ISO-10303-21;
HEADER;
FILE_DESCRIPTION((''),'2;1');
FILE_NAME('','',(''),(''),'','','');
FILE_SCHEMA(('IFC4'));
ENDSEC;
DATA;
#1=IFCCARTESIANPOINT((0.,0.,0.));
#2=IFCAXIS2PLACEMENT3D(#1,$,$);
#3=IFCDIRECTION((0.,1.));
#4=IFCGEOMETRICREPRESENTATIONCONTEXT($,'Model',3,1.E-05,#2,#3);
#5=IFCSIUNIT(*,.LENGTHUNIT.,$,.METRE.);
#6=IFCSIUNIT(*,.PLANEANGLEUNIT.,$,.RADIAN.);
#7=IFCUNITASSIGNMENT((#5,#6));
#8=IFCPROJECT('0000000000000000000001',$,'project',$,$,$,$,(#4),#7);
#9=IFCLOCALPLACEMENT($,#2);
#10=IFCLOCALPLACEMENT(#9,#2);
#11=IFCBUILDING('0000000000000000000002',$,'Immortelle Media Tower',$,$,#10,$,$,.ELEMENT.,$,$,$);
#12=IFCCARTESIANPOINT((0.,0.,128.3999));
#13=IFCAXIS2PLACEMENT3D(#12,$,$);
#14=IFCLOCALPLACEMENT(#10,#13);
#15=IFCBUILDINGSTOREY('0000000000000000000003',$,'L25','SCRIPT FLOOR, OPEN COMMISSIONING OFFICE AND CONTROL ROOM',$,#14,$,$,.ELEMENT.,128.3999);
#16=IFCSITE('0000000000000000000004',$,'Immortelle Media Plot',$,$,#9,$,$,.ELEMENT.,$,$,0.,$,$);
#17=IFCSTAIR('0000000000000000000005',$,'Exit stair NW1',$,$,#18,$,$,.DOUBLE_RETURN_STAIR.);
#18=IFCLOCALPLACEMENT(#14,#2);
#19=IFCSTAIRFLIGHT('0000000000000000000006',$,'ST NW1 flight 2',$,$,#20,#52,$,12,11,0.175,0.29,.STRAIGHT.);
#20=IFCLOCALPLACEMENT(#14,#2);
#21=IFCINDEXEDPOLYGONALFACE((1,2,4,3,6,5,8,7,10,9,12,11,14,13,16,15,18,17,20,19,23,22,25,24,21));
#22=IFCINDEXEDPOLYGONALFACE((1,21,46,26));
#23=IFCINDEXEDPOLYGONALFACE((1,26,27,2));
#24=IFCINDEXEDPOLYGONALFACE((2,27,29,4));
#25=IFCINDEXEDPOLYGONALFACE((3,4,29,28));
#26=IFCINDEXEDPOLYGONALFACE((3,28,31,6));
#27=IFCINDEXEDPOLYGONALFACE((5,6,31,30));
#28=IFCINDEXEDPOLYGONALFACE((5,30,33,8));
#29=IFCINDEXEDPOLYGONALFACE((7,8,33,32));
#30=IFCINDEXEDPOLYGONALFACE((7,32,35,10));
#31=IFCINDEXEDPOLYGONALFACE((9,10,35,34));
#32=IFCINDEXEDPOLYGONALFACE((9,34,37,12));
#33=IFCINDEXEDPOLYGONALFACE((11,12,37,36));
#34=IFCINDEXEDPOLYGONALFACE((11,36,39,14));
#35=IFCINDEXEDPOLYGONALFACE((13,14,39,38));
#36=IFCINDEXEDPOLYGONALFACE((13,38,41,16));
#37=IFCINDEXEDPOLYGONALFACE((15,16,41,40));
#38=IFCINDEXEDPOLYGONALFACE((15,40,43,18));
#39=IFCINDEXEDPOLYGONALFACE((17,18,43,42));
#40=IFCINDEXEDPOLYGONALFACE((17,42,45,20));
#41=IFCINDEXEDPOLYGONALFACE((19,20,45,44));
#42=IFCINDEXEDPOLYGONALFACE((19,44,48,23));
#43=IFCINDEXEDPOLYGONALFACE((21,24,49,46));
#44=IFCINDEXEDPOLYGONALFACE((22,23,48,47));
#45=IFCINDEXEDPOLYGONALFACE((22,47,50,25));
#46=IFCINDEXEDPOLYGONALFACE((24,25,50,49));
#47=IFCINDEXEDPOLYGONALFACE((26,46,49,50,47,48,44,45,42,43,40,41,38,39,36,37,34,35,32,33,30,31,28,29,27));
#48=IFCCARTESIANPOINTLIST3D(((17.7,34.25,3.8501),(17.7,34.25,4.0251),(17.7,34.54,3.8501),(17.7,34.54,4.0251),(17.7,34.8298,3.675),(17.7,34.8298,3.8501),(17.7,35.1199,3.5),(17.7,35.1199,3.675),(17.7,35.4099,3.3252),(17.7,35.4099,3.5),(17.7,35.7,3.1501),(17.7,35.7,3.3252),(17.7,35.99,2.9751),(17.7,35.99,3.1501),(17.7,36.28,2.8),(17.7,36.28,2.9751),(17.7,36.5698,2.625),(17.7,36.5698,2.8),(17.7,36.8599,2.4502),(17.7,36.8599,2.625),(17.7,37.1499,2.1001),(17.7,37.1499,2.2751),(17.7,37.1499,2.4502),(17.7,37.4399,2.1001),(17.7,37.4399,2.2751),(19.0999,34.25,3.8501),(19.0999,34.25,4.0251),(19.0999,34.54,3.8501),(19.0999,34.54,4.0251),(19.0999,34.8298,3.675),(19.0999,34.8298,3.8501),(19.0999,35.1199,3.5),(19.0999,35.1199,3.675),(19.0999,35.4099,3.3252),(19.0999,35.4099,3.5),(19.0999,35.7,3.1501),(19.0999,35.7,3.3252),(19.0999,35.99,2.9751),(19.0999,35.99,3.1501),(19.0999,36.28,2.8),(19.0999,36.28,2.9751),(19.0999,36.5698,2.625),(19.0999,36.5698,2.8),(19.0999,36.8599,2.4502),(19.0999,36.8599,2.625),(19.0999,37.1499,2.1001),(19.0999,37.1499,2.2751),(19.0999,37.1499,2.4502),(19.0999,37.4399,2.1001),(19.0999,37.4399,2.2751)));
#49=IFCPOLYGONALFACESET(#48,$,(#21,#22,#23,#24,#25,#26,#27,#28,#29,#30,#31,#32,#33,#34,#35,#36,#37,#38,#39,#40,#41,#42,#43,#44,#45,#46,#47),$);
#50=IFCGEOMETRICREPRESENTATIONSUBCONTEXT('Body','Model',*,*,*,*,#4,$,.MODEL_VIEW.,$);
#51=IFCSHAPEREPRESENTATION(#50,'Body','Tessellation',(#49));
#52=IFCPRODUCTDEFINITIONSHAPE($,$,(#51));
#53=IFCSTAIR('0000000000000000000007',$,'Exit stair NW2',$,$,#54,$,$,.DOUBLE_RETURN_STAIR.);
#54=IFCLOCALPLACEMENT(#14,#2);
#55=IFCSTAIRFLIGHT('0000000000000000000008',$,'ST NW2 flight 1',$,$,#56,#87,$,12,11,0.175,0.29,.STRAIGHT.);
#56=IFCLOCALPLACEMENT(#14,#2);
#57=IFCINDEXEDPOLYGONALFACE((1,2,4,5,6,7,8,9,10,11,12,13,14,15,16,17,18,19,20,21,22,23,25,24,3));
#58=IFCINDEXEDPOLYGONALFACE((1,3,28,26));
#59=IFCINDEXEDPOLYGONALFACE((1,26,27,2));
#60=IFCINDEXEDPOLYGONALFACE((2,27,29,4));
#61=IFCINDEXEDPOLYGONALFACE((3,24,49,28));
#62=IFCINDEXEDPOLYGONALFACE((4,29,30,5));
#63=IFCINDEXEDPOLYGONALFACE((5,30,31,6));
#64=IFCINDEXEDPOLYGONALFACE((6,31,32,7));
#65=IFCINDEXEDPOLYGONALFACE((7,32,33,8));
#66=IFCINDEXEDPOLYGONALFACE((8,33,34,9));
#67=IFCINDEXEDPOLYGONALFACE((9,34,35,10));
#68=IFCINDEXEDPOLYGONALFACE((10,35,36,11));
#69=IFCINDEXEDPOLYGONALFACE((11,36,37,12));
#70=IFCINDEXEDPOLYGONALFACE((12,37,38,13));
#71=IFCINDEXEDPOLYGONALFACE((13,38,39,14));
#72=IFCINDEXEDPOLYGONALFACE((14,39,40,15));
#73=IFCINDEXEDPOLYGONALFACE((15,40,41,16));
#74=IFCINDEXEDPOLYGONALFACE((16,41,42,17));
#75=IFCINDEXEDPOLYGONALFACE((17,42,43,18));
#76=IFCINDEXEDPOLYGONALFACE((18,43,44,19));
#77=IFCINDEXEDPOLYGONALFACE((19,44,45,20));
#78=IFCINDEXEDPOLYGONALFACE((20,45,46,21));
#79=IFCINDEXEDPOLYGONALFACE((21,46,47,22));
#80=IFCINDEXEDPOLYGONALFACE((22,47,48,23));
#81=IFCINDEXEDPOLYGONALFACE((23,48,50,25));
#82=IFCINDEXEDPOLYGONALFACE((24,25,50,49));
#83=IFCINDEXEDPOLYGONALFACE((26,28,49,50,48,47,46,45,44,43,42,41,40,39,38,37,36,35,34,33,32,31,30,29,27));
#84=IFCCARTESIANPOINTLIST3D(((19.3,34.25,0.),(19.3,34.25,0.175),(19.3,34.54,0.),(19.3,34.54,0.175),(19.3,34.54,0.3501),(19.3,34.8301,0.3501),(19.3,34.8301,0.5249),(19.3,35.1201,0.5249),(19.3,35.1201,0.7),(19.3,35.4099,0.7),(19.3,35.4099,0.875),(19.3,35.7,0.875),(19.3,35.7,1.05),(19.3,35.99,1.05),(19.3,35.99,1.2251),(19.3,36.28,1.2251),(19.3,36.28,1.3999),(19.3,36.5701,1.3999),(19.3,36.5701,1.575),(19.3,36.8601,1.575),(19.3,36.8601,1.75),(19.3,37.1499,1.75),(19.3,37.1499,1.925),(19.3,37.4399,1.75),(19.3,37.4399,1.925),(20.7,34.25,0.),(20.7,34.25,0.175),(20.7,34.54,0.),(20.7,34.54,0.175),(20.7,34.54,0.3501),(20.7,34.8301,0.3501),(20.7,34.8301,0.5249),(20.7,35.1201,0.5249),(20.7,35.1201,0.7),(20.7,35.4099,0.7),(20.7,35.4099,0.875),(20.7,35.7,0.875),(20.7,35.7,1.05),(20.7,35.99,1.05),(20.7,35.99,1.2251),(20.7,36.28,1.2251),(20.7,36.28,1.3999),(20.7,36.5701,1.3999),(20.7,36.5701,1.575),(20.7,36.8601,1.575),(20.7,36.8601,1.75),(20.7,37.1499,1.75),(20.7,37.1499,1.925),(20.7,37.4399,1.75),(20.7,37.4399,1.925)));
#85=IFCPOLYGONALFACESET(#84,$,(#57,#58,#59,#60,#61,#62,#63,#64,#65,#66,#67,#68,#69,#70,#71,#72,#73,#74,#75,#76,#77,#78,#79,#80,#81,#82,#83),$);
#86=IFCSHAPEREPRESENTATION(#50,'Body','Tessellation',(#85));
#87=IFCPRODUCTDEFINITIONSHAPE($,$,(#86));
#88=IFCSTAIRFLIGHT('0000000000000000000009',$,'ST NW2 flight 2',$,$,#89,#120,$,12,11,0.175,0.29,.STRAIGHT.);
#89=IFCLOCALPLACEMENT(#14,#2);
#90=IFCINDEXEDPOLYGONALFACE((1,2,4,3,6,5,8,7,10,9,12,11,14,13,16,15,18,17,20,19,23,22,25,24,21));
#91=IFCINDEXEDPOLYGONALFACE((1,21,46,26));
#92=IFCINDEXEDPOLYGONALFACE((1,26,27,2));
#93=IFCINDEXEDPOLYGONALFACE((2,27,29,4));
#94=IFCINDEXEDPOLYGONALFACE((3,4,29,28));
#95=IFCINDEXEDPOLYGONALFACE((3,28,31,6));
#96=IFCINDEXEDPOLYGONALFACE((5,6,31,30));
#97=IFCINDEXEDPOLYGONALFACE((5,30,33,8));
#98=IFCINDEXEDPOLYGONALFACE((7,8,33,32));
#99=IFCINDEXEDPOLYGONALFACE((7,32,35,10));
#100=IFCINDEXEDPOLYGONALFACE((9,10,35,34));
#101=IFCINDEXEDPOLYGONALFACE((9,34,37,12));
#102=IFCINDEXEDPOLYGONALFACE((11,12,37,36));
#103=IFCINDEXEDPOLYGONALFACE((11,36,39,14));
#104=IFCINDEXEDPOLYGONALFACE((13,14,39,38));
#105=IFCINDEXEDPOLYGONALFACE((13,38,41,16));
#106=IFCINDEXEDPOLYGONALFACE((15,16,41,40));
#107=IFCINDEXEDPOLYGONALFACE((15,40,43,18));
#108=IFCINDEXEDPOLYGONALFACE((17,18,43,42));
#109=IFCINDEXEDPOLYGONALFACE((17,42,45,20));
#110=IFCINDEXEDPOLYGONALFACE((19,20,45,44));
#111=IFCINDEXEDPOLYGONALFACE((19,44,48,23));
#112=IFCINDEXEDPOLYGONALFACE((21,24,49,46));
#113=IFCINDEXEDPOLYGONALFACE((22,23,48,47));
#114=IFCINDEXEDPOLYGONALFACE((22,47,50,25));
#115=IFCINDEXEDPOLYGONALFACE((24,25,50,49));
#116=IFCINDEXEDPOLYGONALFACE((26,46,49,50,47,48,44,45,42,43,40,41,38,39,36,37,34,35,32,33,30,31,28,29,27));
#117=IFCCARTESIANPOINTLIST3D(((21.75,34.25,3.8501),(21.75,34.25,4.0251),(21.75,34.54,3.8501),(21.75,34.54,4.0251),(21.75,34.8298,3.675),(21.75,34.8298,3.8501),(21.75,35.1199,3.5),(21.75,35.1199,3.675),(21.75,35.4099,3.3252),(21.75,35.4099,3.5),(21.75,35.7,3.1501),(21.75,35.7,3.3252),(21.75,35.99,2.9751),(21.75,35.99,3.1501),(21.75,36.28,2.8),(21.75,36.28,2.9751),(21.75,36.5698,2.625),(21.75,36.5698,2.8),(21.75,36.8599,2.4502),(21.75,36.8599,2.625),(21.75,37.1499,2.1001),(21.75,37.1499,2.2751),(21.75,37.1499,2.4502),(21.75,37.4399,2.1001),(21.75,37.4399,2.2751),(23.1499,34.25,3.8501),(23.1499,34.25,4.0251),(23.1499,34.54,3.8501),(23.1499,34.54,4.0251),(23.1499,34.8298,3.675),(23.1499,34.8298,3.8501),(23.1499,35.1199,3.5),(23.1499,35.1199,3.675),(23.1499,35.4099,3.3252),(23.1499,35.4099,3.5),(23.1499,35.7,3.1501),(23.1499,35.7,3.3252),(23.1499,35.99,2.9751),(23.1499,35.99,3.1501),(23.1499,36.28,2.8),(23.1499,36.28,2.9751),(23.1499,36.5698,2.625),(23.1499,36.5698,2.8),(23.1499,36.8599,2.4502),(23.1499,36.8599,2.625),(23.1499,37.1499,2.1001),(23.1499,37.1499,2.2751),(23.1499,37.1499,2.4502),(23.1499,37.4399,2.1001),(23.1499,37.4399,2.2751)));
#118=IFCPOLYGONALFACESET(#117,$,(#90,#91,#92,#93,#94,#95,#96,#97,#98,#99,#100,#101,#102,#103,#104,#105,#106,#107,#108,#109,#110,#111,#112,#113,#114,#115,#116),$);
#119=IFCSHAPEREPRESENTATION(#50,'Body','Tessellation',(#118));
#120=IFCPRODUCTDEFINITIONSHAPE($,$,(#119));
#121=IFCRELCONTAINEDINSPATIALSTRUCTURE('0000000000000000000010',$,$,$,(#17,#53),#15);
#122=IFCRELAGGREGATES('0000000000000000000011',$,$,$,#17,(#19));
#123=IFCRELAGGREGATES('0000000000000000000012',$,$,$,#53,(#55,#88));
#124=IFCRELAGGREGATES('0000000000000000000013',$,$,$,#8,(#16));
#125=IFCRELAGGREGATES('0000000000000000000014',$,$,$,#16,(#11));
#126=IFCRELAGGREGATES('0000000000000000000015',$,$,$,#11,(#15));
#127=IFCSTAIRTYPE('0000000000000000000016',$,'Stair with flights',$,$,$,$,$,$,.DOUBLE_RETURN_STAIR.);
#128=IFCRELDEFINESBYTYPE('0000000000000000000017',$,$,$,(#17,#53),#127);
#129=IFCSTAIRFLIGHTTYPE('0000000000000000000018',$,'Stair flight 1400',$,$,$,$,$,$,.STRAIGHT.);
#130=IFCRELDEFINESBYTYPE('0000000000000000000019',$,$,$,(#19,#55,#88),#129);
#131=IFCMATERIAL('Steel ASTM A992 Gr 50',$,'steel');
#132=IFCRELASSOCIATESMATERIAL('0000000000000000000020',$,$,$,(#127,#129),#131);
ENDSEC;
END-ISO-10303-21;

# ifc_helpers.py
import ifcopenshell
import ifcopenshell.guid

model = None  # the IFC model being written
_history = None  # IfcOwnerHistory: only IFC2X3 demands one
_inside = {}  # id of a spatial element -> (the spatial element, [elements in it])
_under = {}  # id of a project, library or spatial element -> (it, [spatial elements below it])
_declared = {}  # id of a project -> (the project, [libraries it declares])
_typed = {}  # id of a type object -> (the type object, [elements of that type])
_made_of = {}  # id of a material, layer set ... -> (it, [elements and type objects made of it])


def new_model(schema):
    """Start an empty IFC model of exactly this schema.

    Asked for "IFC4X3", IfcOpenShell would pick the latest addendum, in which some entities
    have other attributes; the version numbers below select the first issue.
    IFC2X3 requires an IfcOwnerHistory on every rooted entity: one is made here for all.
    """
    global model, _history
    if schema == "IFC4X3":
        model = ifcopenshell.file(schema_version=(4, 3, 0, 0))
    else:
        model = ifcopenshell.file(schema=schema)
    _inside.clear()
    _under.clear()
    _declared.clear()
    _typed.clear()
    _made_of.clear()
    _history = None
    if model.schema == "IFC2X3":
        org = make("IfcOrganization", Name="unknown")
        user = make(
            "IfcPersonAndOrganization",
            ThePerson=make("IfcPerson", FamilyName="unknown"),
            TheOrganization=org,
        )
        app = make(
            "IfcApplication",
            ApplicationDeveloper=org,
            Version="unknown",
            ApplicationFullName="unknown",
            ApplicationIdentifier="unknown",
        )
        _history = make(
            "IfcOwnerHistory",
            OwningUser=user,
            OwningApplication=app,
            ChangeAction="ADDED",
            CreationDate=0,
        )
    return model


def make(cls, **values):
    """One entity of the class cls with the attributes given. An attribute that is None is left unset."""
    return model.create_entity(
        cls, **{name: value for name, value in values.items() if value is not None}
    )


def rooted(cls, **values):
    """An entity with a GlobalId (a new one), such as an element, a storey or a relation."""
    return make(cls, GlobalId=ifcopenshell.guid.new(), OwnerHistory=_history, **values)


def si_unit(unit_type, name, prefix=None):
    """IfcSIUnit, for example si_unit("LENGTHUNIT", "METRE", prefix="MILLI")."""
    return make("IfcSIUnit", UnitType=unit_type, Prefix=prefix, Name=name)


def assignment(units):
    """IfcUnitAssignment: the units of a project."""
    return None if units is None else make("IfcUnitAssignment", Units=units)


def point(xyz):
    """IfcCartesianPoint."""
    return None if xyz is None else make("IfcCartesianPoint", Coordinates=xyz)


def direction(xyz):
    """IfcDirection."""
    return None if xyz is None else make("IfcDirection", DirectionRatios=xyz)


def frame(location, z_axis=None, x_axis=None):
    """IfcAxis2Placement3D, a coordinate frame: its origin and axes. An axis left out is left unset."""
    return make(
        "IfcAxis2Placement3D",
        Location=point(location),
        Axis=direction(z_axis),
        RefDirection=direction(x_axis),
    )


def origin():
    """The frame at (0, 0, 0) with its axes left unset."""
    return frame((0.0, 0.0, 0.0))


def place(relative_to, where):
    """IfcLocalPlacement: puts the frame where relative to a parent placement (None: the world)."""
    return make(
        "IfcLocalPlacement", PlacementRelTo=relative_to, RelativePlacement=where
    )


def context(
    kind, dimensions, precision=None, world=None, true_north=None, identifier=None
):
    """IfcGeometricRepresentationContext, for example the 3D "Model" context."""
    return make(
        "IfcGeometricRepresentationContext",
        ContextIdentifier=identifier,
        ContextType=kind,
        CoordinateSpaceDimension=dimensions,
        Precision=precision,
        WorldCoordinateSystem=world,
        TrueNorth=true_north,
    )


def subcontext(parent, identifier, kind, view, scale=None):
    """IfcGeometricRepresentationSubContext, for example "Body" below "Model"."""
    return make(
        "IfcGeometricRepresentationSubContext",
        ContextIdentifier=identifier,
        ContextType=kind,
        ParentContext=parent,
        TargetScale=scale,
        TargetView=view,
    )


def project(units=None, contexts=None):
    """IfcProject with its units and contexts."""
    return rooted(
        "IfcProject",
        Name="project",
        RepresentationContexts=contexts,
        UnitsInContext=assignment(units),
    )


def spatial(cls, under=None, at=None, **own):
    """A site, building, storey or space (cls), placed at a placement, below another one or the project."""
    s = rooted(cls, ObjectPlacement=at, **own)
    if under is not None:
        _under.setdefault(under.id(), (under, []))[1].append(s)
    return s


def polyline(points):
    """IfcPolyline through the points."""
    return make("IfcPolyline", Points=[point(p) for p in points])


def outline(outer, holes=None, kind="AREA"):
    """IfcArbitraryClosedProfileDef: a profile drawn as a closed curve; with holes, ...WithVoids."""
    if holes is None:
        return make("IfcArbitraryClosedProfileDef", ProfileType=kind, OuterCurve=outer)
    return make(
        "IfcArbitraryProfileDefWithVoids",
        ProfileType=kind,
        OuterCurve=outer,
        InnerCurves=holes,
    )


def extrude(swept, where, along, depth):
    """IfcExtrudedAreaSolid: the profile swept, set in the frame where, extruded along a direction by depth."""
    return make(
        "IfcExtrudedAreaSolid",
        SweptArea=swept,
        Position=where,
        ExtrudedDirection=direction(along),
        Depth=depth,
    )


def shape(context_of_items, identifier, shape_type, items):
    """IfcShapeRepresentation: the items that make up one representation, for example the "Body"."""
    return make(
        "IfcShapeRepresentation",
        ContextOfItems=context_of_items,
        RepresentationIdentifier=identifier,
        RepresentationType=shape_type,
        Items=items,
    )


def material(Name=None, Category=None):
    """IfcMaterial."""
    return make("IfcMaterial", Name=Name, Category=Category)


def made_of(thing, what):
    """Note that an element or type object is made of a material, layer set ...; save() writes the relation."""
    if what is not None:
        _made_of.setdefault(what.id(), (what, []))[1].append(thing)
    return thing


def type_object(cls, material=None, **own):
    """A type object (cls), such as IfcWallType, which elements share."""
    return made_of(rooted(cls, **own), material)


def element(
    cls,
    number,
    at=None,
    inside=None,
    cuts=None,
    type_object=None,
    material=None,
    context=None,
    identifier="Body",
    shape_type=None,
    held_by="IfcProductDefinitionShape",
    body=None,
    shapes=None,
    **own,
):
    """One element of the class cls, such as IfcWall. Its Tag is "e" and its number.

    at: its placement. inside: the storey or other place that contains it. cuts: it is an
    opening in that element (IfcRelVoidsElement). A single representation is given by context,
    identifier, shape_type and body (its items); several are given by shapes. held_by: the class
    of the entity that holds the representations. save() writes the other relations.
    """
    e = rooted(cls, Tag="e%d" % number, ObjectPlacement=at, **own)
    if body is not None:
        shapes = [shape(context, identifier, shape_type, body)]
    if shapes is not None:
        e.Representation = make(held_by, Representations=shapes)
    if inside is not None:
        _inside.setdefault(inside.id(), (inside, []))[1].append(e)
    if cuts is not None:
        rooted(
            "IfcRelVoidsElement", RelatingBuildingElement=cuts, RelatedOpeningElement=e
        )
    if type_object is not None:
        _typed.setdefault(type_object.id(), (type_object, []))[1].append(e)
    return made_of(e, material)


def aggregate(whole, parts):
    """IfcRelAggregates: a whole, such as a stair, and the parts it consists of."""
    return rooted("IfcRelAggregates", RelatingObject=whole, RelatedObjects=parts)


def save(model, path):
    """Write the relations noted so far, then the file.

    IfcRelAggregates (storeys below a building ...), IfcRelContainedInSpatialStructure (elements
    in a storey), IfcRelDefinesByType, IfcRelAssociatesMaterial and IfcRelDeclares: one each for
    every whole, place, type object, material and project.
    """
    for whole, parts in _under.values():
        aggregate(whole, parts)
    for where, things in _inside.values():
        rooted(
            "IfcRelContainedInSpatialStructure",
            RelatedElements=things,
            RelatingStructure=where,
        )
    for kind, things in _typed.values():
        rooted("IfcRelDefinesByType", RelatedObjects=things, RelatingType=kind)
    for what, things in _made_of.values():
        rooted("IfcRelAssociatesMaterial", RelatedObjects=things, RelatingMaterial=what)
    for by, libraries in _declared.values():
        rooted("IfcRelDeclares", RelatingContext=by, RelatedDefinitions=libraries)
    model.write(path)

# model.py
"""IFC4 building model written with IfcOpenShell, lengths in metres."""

from ifc_helpers import new_model, si_unit, direction, frame, origin, place, context, subcontext, project, spatial, polyline, outline, extrude, material, type_object, element, aggregate, save


model = new_model("IFC4")

# Units and contexts
model_context = context("Model", 3, precision=1e-05, world=origin(), true_north=direction((0.0, 1.0)))
body_context = subcontext(model_context, "Body", "Model", "MODEL_VIEW")
ifc_project = project(units=[si_unit("LENGTHUNIT", "METRE"), si_unit("PLANEANGLEUNIT", "RADIAN")], contexts=[model_context])

# Site, building, storey
site_placement = place(None, origin())
site = spatial("IfcSite", under=ifc_project, at=site_placement, Name="Immortelle Media Plot", CompositionType="ELEMENT", RefElevation=0.0)
building_placement = place(site_placement, origin())
building = spatial("IfcBuilding", under=site, at=building_placement, Name="Immortelle Media Tower", CompositionType="ELEMENT")
storey_placement = place(building_placement, frame((0.0, 0.0, 128.3999)))
storey = spatial("IfcBuildingStorey", under=building, at=storey_placement, Name="L25", Description="SCRIPT FLOOR, OPEN COMMISSIONING OFFICE AND CONTROL ROOM", CompositionType="ELEMENT", Elevation=128.3999)

# Shared definitions
ifc_material_1 = material(Name="Steel ASTM A992 Gr 50", Category="steel")

# Stairs, stair flights
stair_type = type_object("IfcStairType", Name="Stair with flights", PredefinedType="DOUBLE_RETURN_STAIR", material=ifc_material_1)
stair_1_placement = place(storey_placement, origin())
stair_1 = element("IfcStair", 1, at=stair_1_placement, inside=storey, type_object=stair_type, Name="Exit stair NW1", PredefinedType="DOUBLE_RETURN_STAIR")
stair_flight_type = type_object("IfcStairFlightType", Name="Stair flight 1400", PredefinedType="STRAIGHT", material=ifc_material_1)
stair_flight_1_placement = place(storey_placement, frame((18.3999, 37.4399, 2.1001), z_axis=(0.0, 0.0, 1.0), x_axis=(0.0, -1.0, 0.0)))
stair_flight_1 = element("IfcStairFlight", 2, at=stair_flight_1_placement, type_object=stair_flight_type, Name="ST NW1 flight 2", NumberOfRisers=12, NumberOfTreads=11, PredefinedType="STRAIGHT", RiserHeight=0.175, TreadLength=0.29, context=body_context, shape_type="SweptSolid", body=[
    extrude(outline(polyline([(0.0, 0.0), (0.0, 0.175), (0.29, 0.175), (0.29, 0.3501), (0.5801, 0.3501), (0.5801, 0.5249), (0.8701, 0.5249), (0.8701, 0.7), (1.1599, 0.7), (1.1599, 0.875), (1.45, 0.875), (1.45, 1.05), (1.74, 1.05), (1.74, 1.2251), (2.03, 1.2251), (2.03, 1.3999), (2.3201, 1.3999), (2.3201, 1.575), (2.6101, 1.575), (2.6101, 1.75), (2.8999, 1.75), (2.8999, 1.925), (3.1899, 1.925), (3.1899, 2.1001), (3.1899, 1.75), (0.29, 0.0), (0.0, 0.0)])), frame((0.0, 0.7, 0.0), z_axis=(0.0, -1.0, 0.0), x_axis=(1.0, 0.0, 0.0)), (0.0, 0.0, 1.0), 1.3999),
])
aggregate(stair_1, [stair_flight_1])
stair_2_placement = place(storey_placement, origin())
stair_2 = element("IfcStair", 3, at=stair_2_placement, inside=storey, type_object=stair_type, Name="Exit stair NW2", PredefinedType="DOUBLE_RETURN_STAIR")
stair_flight_2_placement = place(storey_placement, frame((20.0, 34.25, 0.0), z_axis=(0.0, 0.0, 1.0), x_axis=(0.0, 1.0, 0.0)))
stair_flight_2 = element("IfcStairFlight", 4, at=stair_flight_2_placement, type_object=stair_flight_type, Name="ST NW2 flight 1", NumberOfRisers=12, NumberOfTreads=11, PredefinedType="STRAIGHT", RiserHeight=0.175, TreadLength=0.29, context=body_context, shape_type="SweptSolid", body=[
    extrude(outline(polyline([(0.0, 0.0), (0.0, 0.175), (0.29, 0.175), (0.29, 0.3501), (0.5801, 0.3501), (0.5801, 0.5249), (0.8701, 0.5249), (0.8701, 0.7), (1.1599, 0.7), (1.1599, 0.875), (1.45, 0.875), (1.45, 1.05), (1.74, 1.05), (1.74, 1.2251), (2.03, 1.2251), (2.03, 1.3999), (2.3201, 1.3999), (2.3201, 1.575), (2.6101, 1.575), (2.6101, 1.75), (2.8999, 1.75), (2.8999, 1.925), (3.1899, 1.925), (3.1899, 2.1001), (3.1899, 1.75), (0.29, 0.0), (0.0, 0.0)])), frame((0.0, 0.7, 0.0), z_axis=(0.0, -1.0, 0.0), x_axis=(1.0, 0.0, 0.0)), (0.0, 0.0, 1.0), 1.3999),
])
stair_flight_3_placement = place(storey_placement, frame((22.45, 37.4399, 2.1001), z_axis=(0.0, 0.0, 1.0), x_axis=(0.0, -1.0, 0.0)))
stair_flight_3 = element("IfcStairFlight", 5, at=stair_flight_3_placement, type_object=stair_flight_type, Name="ST NW2 flight 2", NumberOfRisers=12, NumberOfTreads=11, PredefinedType="STRAIGHT", RiserHeight=0.175, TreadLength=0.29, context=body_context, shape_type="SweptSolid", body=[
    extrude(outline(polyline([(0.0, 0.0), (0.0, 0.175), (0.29, 0.175), (0.29, 0.3501), (0.5801, 0.3501), (0.5801, 0.5249), (0.8701, 0.5249), (0.8701, 0.7), (1.1599, 0.7), (1.1599, 0.875), (1.45, 0.875), (1.45, 1.05), (1.74, 1.05), (1.74, 1.2251), (2.03, 1.2251), (2.03, 1.3999), (2.3201, 1.3999), (2.3201, 1.575), (2.6101, 1.575), (2.6101, 1.75), (2.8999, 1.75), (2.8999, 1.925), (3.1899, 1.925), (3.1899, 2.1001), (3.1899, 1.75), (0.29, 0.0), (0.0, 0.0)])), frame((0.0, 0.7, 0.0), z_axis=(0.0, -1.0, 0.0), x_axis=(1.0, 0.0, 0.0)), (0.0, 0.0, 1.0), 1.3999),
])
aggregate(stair_2, [stair_flight_2, stair_flight_3])

save(model, "model.ifc")
